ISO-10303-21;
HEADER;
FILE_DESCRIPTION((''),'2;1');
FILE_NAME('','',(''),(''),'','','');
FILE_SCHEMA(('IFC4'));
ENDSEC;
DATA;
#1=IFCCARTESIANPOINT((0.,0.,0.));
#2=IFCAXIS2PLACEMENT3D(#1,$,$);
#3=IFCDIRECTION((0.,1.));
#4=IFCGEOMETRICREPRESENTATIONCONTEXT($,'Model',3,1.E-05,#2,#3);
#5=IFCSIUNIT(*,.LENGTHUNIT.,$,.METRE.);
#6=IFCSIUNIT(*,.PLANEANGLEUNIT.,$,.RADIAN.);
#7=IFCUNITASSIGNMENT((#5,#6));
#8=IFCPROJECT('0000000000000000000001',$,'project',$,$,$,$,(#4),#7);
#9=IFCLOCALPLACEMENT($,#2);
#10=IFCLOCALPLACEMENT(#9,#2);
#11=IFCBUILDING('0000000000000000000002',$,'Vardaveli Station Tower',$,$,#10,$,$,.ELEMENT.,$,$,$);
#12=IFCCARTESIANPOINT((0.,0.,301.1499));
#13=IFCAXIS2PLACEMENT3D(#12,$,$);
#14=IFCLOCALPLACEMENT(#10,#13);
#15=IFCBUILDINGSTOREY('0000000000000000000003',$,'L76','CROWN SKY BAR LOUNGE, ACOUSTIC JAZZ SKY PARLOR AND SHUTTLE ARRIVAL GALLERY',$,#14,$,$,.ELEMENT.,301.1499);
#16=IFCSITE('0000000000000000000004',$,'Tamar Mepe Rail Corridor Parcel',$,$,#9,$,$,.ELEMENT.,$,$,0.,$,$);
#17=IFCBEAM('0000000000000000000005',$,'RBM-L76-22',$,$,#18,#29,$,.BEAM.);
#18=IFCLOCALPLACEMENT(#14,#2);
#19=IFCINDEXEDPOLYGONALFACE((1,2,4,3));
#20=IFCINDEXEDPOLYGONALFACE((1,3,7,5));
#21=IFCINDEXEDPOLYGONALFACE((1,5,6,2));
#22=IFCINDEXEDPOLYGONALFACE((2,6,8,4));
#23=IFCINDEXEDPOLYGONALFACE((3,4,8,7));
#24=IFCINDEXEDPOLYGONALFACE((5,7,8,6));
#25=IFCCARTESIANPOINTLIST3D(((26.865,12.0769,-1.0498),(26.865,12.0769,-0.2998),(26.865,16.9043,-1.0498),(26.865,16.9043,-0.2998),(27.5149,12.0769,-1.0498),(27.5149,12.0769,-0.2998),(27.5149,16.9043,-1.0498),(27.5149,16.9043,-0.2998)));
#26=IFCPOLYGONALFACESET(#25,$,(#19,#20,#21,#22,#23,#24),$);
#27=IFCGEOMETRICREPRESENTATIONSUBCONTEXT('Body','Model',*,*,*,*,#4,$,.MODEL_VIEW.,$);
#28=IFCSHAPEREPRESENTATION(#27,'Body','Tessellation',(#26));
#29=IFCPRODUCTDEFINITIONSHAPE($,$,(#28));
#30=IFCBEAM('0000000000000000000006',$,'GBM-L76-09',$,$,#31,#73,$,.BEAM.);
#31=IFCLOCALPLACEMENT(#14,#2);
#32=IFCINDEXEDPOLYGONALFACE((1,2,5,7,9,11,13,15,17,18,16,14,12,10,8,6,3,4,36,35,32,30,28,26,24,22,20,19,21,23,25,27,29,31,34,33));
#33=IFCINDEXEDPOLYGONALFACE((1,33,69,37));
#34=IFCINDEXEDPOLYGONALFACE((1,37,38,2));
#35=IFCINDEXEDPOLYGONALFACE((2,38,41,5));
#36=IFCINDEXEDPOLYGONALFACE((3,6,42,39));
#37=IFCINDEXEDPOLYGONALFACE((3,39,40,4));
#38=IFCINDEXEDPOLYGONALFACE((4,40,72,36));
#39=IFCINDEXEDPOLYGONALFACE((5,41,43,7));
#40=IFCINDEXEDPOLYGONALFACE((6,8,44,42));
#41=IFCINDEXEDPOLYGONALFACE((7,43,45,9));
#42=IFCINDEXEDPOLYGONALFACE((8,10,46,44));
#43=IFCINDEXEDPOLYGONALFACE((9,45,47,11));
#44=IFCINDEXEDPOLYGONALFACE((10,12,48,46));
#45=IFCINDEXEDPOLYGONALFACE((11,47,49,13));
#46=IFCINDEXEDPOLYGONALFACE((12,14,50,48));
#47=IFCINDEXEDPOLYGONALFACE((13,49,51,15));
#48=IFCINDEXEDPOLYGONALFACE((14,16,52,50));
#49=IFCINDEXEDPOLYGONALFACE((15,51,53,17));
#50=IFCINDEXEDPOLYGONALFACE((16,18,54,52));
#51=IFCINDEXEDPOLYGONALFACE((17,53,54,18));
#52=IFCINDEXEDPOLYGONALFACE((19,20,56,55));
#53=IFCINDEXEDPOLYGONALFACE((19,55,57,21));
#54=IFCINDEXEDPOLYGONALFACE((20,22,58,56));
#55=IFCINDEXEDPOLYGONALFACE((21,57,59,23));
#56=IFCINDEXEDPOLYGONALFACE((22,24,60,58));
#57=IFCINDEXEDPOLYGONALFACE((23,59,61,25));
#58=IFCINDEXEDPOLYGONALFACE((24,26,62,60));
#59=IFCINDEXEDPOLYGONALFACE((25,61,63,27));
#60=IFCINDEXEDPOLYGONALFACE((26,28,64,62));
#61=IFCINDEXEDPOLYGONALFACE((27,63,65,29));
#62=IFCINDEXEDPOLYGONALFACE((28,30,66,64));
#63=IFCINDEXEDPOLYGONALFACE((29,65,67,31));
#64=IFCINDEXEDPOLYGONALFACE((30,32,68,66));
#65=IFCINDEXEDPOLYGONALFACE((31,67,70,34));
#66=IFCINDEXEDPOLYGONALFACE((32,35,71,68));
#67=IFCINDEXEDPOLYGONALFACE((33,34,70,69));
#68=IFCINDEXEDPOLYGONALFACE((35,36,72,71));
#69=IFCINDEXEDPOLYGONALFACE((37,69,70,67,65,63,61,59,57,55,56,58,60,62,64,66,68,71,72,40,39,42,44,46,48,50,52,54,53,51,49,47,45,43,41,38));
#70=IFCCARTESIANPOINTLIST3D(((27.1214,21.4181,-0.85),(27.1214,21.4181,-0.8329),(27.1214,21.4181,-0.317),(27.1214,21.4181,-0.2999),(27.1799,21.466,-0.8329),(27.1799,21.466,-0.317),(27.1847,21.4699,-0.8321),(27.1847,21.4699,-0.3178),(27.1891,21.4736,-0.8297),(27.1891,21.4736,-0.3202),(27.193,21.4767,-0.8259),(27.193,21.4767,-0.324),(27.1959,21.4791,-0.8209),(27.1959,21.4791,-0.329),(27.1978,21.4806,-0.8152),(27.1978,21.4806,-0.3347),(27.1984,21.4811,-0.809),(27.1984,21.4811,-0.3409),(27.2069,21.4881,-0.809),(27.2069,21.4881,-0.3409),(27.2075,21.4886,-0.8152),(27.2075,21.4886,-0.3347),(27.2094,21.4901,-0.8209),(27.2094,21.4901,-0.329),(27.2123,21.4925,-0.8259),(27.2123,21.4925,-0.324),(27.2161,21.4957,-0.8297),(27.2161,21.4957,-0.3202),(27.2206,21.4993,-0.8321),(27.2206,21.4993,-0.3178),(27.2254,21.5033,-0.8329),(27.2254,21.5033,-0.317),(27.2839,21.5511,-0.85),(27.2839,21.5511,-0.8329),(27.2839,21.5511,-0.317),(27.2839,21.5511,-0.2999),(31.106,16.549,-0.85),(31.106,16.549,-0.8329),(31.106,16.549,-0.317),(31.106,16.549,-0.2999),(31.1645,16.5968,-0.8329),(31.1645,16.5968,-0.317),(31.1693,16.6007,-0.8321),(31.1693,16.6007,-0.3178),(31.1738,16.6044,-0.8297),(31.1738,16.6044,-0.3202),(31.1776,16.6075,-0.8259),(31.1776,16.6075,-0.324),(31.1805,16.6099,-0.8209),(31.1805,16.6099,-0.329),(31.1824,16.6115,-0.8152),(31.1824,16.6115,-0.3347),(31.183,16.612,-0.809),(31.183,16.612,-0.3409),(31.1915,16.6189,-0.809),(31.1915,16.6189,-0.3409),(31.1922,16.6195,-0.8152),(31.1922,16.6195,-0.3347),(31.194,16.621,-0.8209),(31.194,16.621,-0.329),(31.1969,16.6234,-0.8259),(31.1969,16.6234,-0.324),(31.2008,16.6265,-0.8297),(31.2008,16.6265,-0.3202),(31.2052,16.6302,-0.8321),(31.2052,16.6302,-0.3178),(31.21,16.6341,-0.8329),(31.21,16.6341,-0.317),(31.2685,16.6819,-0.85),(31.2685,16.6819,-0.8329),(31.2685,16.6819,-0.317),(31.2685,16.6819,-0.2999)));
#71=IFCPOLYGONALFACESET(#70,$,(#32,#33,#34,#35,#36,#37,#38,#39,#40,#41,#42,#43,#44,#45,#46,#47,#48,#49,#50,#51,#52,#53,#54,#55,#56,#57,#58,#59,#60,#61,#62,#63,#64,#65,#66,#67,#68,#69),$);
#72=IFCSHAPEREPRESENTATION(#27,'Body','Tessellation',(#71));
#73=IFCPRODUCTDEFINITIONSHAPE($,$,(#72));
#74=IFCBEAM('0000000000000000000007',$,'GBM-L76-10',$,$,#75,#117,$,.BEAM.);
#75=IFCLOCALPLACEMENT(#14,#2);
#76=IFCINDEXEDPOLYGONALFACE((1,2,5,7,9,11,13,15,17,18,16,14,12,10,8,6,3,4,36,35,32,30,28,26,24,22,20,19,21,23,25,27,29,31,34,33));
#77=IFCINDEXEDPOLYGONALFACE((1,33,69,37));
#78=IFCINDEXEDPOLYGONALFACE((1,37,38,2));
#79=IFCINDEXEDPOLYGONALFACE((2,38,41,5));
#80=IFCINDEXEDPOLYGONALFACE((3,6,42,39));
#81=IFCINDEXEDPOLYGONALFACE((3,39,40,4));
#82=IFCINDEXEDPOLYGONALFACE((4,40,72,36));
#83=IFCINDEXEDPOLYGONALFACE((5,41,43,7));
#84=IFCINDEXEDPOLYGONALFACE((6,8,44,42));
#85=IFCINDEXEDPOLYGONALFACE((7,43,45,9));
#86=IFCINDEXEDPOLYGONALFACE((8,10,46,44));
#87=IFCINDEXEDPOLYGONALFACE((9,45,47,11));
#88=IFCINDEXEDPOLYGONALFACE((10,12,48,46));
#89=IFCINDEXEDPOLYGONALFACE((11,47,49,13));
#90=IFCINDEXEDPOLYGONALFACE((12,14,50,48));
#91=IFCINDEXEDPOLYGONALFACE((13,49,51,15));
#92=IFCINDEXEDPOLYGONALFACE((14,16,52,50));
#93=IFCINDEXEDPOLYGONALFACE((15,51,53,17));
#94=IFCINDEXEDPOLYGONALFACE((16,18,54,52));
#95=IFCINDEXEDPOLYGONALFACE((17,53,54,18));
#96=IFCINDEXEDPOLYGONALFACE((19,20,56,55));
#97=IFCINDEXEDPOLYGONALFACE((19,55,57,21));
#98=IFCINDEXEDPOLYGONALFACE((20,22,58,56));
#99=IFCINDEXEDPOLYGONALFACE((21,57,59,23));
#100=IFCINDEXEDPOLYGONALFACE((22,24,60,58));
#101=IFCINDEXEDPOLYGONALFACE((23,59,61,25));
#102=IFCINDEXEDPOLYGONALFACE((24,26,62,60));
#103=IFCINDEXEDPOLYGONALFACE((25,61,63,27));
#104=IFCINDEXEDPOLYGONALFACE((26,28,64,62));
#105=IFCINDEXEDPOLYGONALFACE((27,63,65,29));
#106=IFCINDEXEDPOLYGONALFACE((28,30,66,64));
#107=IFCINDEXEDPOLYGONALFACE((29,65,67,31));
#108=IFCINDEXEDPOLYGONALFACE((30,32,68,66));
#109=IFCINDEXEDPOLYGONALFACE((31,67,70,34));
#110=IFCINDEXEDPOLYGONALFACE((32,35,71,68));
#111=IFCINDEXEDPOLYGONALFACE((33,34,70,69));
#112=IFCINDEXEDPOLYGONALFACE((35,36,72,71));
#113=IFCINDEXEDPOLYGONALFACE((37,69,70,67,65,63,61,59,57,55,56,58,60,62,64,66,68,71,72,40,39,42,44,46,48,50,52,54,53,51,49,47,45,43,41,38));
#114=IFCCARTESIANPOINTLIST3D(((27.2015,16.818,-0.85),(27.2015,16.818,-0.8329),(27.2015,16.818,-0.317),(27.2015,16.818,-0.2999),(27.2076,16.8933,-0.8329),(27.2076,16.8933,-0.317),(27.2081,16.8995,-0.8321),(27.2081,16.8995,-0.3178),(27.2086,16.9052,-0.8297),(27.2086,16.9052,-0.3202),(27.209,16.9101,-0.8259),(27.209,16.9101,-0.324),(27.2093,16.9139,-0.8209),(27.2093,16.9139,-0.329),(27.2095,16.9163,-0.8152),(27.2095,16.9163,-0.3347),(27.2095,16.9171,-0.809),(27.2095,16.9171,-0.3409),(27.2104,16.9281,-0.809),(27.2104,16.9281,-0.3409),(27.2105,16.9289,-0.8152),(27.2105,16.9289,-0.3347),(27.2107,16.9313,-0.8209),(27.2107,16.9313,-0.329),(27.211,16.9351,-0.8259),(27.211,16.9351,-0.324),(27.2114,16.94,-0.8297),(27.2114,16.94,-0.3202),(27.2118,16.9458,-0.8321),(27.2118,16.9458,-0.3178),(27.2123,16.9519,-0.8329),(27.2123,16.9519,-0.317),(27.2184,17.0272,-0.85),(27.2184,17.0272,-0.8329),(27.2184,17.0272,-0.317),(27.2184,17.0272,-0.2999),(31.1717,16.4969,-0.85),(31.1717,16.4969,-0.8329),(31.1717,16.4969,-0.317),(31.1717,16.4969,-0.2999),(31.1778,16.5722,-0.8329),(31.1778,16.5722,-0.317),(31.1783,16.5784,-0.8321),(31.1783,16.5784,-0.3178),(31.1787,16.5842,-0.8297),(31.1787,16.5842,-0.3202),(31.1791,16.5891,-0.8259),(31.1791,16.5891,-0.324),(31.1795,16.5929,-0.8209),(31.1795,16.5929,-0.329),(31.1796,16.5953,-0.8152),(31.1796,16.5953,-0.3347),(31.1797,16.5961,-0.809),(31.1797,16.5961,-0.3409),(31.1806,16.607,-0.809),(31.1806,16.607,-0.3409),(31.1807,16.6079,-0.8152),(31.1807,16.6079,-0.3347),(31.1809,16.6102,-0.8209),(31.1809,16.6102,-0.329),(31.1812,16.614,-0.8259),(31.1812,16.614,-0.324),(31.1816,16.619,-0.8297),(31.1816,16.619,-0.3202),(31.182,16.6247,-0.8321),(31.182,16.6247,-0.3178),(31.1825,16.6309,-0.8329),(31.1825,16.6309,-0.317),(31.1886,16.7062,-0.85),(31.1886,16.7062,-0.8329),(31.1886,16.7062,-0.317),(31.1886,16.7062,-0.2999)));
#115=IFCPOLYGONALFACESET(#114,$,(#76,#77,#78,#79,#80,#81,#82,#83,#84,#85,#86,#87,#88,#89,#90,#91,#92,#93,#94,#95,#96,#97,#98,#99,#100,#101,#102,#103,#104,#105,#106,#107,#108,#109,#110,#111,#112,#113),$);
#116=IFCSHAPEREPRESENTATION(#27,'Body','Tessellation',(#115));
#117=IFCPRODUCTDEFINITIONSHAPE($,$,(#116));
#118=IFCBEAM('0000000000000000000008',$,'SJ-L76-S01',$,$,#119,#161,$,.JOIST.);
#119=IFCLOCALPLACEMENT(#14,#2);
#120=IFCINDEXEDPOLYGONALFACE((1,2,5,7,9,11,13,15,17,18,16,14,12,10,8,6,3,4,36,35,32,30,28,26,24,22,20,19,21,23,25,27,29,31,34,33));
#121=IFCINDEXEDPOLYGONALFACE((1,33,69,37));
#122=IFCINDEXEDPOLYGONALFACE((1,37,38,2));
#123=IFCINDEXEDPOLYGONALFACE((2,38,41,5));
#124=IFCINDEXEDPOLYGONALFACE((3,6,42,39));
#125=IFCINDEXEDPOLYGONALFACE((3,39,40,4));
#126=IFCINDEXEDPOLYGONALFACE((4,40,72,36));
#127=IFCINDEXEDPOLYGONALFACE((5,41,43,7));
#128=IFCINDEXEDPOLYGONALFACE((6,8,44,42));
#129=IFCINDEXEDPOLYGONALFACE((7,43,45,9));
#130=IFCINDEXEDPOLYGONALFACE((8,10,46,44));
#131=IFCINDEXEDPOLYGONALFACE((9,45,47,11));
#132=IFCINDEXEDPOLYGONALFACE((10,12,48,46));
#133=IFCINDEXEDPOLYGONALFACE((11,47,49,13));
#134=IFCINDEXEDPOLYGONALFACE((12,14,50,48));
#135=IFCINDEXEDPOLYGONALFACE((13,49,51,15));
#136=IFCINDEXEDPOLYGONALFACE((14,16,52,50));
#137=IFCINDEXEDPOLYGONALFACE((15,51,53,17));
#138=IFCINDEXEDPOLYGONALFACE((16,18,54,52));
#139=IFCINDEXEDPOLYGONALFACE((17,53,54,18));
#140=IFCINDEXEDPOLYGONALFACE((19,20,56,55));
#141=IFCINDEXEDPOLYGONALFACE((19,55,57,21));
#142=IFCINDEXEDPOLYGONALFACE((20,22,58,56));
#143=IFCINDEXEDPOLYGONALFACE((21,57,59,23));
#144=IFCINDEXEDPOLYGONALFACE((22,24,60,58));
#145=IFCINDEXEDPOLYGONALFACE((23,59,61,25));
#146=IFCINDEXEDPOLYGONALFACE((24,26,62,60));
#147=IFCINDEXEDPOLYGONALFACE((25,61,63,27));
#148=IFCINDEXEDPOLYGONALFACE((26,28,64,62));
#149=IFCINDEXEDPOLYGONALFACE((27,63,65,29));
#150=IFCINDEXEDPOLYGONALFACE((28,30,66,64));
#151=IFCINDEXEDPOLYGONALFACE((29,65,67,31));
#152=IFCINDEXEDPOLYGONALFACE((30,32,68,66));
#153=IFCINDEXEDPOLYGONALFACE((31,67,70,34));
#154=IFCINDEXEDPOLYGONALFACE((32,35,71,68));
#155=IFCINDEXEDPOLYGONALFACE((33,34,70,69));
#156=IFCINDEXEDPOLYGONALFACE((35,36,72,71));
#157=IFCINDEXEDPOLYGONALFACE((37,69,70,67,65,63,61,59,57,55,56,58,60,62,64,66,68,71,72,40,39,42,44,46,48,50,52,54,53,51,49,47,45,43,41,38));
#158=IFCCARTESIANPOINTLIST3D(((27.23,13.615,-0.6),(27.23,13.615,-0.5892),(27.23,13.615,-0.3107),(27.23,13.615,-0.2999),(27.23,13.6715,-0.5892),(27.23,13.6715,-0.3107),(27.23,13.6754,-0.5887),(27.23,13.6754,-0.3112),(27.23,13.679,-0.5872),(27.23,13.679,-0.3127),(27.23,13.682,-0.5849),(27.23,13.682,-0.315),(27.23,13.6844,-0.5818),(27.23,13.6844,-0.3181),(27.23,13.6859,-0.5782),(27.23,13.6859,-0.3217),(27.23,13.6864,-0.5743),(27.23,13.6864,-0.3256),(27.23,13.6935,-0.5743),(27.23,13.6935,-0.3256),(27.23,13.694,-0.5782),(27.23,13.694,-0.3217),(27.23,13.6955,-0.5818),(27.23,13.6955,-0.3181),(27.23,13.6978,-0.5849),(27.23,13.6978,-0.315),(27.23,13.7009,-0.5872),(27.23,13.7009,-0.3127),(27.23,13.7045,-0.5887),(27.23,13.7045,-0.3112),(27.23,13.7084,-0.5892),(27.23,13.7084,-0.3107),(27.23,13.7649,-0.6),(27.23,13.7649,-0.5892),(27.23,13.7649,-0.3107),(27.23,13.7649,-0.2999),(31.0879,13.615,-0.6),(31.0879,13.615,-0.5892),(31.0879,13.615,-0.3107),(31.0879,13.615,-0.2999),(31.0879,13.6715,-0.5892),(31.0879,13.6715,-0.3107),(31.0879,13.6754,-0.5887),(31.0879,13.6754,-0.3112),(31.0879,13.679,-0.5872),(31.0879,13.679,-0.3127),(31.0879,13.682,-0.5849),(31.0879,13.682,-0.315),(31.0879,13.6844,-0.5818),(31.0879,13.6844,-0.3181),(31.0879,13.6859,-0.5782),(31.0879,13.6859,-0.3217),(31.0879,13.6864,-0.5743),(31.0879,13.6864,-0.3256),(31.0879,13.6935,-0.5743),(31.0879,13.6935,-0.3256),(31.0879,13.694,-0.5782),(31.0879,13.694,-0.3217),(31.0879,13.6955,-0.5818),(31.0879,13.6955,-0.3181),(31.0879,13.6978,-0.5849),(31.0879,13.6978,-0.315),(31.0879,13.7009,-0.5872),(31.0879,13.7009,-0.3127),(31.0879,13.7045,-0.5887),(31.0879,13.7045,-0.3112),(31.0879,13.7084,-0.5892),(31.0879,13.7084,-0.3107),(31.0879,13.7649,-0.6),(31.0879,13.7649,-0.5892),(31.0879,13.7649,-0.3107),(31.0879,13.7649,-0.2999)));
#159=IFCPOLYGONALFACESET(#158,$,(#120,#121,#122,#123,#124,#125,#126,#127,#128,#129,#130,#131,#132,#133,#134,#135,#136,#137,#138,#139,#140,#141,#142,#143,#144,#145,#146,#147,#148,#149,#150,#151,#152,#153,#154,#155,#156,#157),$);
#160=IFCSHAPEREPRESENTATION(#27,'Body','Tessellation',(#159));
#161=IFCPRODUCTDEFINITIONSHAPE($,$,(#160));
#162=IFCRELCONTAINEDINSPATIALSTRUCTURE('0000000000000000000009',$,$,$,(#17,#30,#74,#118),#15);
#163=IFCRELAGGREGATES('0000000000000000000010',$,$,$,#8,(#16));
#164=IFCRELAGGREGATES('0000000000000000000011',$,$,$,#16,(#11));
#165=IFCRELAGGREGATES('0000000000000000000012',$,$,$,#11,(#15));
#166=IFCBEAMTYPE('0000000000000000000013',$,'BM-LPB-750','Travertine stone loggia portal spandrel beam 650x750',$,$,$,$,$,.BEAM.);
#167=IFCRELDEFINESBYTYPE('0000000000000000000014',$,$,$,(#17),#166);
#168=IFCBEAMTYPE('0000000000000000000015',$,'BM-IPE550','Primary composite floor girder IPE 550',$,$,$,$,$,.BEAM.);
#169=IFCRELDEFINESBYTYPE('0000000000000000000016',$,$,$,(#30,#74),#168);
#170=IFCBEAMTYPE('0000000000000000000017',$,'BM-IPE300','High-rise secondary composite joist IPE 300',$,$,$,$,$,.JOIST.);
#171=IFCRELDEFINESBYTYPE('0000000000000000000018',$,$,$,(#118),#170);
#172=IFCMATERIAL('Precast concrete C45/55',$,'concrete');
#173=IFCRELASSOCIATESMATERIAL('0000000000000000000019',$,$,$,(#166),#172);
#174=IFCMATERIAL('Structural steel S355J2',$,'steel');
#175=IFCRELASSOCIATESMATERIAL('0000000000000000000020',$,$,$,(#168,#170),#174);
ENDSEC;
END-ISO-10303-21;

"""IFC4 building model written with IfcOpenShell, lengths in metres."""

from ifc_helpers import new_model, si_unit, direction, frame, origin, origin_2d, place, context, subcontext, project, spatial, rectangle, i_section, extrude, source, transform, mapped, material, material_profile, profile_set, type_object, element, save


model = new_model("IFC4")

# Units and contexts
model_context = context("Model", 3, precision=1e-05, world=origin(), true_north=direction((0.0, 1.0)))
body_context = subcontext(model_context, "Body", "Model", "MODEL_VIEW")
ifc_project = project(units=[si_unit("LENGTHUNIT", "METRE"), si_unit("PLANEANGLEUNIT", "RADIAN")], contexts=[model_context])

# Site, building, storey
site_placement = place(None, origin())
site = spatial("IfcSite", under=ifc_project, at=site_placement, Name="Tamar Mepe Rail Corridor Parcel", CompositionType="ELEMENT", RefElevation=0.0)
building_placement = place(site_placement, origin())
building = spatial("IfcBuilding", under=site, at=building_placement, Name="Vardaveli Station Tower", CompositionType="ELEMENT")
storey_placement = place(building_placement, frame((0.0, 0.0, 301.1499)))
storey = spatial("IfcBuildingStorey", under=building, at=storey_placement, Name="L76", Description="CROWN SKY BAR LOUNGE, ACOUSTIC JAZZ SKY PARLOR AND SHUTTLE ARRIVAL GALLERY", CompositionType="ELEMENT", Elevation=301.1499)

# Shared definitions
ifc_material_1 = material(Name="Structural steel S355J2", Category="steel")

# Beams
ifc_material_2 = material(Name="Precast concrete C45/55", Category="concrete")
ifc_material_profile_1 = material_profile(ifc_material_2, rectangle(XDim=0.6499, YDim=0.75, at=origin_2d()), Name="LPB 650x750")
ifc_profile_set_1 = profile_set([ifc_material_profile_1], Name="Precast concrete C45/55")
beam_type_1 = type_object("IfcBeamType", Name="BM-LPB-750", Description="Travertine stone loggia portal spandrel beam 650x750", PredefinedType="BEAM", material=ifc_profile_set_1)
shared_shape_1 = source(origin(), body_context, "Body", "SweptSolid", [
    extrude(rectangle(XDim=0.6499, YDim=0.75, at=origin_2d()), origin(), (0.0, 0.0, 1.0), 4.8274),
])
beam_1_placement = place(storey_placement, frame((27.1899, 16.9043, -0.6748), z_axis=(0.0, -1.0, 0.0), x_axis=(1.0, 0.0, 0.0)))
element("IfcBeam", 1, at=beam_1_placement, inside=storey, type_object=beam_type_1, Name="RBM-L76-22", PredefinedType="BEAM", context=body_context, shape_type="MappedRepresentation", body=[
    mapped(shared_shape_1, transform((0.0, 0.0, 0.0), scale=1.0)),
])
ifc_material_profile_2 = material_profile(ifc_material_1, i_section(OverallWidth=0.21, OverallDepth=0.55, WebThickness=0.011, FlangeThickness=0.0171, FilletRadius=0.0239, at=origin_2d()), Name="IPE 550")
ifc_profile_set_2 = profile_set([ifc_material_profile_2], Name="Structural steel S355J2")
beam_type_2 = type_object("IfcBeamType", Name="BM-IPE550", Description="Primary composite floor girder IPE 550", PredefinedType="BEAM", material=ifc_profile_set_2)
shared_shape_2 = source(origin(), body_context, "Body", "SweptSolid", [
    extrude(i_section(OverallWidth=0.21, OverallDepth=0.55, WebThickness=0.011, FlangeThickness=0.0171, FilletRadius=0.0239, at=origin_2d()), origin(), (0.0, 0.0, 1.0), 6.2917),
])
beam_2_placement = place(storey_placement, frame((27.2026, 21.4846, -0.575), z_axis=(0.633312, -0.773897, 0.0), x_axis=(0.773897, 0.633312, 0.0)))
element("IfcBeam", 2, at=beam_2_placement, inside=storey, type_object=beam_type_2, Name="GBM-L76-09", PredefinedType="BEAM", context=body_context, shape_type="MappedRepresentation", body=[
    mapped(shared_shape_2, transform((0.0, 0.0, 0.0), scale=1.0)),
])
shared_shape_3 = source(origin(), body_context, "Body", "SweptSolid", [
    extrude(i_section(OverallWidth=0.21, OverallDepth=0.55, WebThickness=0.011, FlangeThickness=0.0171, FilletRadius=0.0239, at=origin_2d()), origin(), (0.0, 0.0, 1.0), 3.9832),
])
beam_3_placement = place(storey_placement, frame((27.21, 16.9226, -0.575), z_axis=(0.996747, -0.0806, 0.0), x_axis=(0.0806, 0.996747, 0.0)))
element("IfcBeam", 3, at=beam_3_placement, inside=storey, type_object=beam_type_2, Name="GBM-L76-10", PredefinedType="BEAM", context=body_context, shape_type="MappedRepresentation", body=[
    mapped(shared_shape_3, transform((0.0, 0.0, 0.0), scale=1.0)),
])
ifc_material_profile_3 = material_profile(ifc_material_1, i_section(OverallWidth=0.1499, OverallDepth=0.3, WebThickness=0.0071, FlangeThickness=0.0107, FilletRadius=0.0149, at=origin_2d()), Name="IPE 300")
ifc_profile_set_3 = profile_set([ifc_material_profile_3], Name="Structural steel S355J2")
beam_type_3 = type_object("IfcBeamType", Name="BM-IPE300", Description="High-rise secondary composite joist IPE 300", PredefinedType="JOIST", material=ifc_profile_set_3)
shared_shape_4 = source(origin(), body_context, "Body", "SweptSolid", [
    extrude(i_section(OverallWidth=0.1499, OverallDepth=0.3, WebThickness=0.0071, FlangeThickness=0.0107, FilletRadius=0.0149, at=origin_2d()), origin(), (0.0, 0.0, 1.0), 3.8579),
])
beam_4_placement = place(storey_placement, frame((27.23, 13.6899, -0.45), z_axis=(1.0, 0.0, 0.0), x_axis=(0.0, 1.0, 0.0)))
element("IfcBeam", 4, at=beam_4_placement, inside=storey, type_object=beam_type_3, Name="SJ-L76-S01", PredefinedType="JOIST", context=body_context, shape_type="MappedRepresentation", body=[
    mapped(shared_shape_4, transform((0.0, 0.0, 0.0), scale=1.0)),
])

save(model, "model.ifc")
